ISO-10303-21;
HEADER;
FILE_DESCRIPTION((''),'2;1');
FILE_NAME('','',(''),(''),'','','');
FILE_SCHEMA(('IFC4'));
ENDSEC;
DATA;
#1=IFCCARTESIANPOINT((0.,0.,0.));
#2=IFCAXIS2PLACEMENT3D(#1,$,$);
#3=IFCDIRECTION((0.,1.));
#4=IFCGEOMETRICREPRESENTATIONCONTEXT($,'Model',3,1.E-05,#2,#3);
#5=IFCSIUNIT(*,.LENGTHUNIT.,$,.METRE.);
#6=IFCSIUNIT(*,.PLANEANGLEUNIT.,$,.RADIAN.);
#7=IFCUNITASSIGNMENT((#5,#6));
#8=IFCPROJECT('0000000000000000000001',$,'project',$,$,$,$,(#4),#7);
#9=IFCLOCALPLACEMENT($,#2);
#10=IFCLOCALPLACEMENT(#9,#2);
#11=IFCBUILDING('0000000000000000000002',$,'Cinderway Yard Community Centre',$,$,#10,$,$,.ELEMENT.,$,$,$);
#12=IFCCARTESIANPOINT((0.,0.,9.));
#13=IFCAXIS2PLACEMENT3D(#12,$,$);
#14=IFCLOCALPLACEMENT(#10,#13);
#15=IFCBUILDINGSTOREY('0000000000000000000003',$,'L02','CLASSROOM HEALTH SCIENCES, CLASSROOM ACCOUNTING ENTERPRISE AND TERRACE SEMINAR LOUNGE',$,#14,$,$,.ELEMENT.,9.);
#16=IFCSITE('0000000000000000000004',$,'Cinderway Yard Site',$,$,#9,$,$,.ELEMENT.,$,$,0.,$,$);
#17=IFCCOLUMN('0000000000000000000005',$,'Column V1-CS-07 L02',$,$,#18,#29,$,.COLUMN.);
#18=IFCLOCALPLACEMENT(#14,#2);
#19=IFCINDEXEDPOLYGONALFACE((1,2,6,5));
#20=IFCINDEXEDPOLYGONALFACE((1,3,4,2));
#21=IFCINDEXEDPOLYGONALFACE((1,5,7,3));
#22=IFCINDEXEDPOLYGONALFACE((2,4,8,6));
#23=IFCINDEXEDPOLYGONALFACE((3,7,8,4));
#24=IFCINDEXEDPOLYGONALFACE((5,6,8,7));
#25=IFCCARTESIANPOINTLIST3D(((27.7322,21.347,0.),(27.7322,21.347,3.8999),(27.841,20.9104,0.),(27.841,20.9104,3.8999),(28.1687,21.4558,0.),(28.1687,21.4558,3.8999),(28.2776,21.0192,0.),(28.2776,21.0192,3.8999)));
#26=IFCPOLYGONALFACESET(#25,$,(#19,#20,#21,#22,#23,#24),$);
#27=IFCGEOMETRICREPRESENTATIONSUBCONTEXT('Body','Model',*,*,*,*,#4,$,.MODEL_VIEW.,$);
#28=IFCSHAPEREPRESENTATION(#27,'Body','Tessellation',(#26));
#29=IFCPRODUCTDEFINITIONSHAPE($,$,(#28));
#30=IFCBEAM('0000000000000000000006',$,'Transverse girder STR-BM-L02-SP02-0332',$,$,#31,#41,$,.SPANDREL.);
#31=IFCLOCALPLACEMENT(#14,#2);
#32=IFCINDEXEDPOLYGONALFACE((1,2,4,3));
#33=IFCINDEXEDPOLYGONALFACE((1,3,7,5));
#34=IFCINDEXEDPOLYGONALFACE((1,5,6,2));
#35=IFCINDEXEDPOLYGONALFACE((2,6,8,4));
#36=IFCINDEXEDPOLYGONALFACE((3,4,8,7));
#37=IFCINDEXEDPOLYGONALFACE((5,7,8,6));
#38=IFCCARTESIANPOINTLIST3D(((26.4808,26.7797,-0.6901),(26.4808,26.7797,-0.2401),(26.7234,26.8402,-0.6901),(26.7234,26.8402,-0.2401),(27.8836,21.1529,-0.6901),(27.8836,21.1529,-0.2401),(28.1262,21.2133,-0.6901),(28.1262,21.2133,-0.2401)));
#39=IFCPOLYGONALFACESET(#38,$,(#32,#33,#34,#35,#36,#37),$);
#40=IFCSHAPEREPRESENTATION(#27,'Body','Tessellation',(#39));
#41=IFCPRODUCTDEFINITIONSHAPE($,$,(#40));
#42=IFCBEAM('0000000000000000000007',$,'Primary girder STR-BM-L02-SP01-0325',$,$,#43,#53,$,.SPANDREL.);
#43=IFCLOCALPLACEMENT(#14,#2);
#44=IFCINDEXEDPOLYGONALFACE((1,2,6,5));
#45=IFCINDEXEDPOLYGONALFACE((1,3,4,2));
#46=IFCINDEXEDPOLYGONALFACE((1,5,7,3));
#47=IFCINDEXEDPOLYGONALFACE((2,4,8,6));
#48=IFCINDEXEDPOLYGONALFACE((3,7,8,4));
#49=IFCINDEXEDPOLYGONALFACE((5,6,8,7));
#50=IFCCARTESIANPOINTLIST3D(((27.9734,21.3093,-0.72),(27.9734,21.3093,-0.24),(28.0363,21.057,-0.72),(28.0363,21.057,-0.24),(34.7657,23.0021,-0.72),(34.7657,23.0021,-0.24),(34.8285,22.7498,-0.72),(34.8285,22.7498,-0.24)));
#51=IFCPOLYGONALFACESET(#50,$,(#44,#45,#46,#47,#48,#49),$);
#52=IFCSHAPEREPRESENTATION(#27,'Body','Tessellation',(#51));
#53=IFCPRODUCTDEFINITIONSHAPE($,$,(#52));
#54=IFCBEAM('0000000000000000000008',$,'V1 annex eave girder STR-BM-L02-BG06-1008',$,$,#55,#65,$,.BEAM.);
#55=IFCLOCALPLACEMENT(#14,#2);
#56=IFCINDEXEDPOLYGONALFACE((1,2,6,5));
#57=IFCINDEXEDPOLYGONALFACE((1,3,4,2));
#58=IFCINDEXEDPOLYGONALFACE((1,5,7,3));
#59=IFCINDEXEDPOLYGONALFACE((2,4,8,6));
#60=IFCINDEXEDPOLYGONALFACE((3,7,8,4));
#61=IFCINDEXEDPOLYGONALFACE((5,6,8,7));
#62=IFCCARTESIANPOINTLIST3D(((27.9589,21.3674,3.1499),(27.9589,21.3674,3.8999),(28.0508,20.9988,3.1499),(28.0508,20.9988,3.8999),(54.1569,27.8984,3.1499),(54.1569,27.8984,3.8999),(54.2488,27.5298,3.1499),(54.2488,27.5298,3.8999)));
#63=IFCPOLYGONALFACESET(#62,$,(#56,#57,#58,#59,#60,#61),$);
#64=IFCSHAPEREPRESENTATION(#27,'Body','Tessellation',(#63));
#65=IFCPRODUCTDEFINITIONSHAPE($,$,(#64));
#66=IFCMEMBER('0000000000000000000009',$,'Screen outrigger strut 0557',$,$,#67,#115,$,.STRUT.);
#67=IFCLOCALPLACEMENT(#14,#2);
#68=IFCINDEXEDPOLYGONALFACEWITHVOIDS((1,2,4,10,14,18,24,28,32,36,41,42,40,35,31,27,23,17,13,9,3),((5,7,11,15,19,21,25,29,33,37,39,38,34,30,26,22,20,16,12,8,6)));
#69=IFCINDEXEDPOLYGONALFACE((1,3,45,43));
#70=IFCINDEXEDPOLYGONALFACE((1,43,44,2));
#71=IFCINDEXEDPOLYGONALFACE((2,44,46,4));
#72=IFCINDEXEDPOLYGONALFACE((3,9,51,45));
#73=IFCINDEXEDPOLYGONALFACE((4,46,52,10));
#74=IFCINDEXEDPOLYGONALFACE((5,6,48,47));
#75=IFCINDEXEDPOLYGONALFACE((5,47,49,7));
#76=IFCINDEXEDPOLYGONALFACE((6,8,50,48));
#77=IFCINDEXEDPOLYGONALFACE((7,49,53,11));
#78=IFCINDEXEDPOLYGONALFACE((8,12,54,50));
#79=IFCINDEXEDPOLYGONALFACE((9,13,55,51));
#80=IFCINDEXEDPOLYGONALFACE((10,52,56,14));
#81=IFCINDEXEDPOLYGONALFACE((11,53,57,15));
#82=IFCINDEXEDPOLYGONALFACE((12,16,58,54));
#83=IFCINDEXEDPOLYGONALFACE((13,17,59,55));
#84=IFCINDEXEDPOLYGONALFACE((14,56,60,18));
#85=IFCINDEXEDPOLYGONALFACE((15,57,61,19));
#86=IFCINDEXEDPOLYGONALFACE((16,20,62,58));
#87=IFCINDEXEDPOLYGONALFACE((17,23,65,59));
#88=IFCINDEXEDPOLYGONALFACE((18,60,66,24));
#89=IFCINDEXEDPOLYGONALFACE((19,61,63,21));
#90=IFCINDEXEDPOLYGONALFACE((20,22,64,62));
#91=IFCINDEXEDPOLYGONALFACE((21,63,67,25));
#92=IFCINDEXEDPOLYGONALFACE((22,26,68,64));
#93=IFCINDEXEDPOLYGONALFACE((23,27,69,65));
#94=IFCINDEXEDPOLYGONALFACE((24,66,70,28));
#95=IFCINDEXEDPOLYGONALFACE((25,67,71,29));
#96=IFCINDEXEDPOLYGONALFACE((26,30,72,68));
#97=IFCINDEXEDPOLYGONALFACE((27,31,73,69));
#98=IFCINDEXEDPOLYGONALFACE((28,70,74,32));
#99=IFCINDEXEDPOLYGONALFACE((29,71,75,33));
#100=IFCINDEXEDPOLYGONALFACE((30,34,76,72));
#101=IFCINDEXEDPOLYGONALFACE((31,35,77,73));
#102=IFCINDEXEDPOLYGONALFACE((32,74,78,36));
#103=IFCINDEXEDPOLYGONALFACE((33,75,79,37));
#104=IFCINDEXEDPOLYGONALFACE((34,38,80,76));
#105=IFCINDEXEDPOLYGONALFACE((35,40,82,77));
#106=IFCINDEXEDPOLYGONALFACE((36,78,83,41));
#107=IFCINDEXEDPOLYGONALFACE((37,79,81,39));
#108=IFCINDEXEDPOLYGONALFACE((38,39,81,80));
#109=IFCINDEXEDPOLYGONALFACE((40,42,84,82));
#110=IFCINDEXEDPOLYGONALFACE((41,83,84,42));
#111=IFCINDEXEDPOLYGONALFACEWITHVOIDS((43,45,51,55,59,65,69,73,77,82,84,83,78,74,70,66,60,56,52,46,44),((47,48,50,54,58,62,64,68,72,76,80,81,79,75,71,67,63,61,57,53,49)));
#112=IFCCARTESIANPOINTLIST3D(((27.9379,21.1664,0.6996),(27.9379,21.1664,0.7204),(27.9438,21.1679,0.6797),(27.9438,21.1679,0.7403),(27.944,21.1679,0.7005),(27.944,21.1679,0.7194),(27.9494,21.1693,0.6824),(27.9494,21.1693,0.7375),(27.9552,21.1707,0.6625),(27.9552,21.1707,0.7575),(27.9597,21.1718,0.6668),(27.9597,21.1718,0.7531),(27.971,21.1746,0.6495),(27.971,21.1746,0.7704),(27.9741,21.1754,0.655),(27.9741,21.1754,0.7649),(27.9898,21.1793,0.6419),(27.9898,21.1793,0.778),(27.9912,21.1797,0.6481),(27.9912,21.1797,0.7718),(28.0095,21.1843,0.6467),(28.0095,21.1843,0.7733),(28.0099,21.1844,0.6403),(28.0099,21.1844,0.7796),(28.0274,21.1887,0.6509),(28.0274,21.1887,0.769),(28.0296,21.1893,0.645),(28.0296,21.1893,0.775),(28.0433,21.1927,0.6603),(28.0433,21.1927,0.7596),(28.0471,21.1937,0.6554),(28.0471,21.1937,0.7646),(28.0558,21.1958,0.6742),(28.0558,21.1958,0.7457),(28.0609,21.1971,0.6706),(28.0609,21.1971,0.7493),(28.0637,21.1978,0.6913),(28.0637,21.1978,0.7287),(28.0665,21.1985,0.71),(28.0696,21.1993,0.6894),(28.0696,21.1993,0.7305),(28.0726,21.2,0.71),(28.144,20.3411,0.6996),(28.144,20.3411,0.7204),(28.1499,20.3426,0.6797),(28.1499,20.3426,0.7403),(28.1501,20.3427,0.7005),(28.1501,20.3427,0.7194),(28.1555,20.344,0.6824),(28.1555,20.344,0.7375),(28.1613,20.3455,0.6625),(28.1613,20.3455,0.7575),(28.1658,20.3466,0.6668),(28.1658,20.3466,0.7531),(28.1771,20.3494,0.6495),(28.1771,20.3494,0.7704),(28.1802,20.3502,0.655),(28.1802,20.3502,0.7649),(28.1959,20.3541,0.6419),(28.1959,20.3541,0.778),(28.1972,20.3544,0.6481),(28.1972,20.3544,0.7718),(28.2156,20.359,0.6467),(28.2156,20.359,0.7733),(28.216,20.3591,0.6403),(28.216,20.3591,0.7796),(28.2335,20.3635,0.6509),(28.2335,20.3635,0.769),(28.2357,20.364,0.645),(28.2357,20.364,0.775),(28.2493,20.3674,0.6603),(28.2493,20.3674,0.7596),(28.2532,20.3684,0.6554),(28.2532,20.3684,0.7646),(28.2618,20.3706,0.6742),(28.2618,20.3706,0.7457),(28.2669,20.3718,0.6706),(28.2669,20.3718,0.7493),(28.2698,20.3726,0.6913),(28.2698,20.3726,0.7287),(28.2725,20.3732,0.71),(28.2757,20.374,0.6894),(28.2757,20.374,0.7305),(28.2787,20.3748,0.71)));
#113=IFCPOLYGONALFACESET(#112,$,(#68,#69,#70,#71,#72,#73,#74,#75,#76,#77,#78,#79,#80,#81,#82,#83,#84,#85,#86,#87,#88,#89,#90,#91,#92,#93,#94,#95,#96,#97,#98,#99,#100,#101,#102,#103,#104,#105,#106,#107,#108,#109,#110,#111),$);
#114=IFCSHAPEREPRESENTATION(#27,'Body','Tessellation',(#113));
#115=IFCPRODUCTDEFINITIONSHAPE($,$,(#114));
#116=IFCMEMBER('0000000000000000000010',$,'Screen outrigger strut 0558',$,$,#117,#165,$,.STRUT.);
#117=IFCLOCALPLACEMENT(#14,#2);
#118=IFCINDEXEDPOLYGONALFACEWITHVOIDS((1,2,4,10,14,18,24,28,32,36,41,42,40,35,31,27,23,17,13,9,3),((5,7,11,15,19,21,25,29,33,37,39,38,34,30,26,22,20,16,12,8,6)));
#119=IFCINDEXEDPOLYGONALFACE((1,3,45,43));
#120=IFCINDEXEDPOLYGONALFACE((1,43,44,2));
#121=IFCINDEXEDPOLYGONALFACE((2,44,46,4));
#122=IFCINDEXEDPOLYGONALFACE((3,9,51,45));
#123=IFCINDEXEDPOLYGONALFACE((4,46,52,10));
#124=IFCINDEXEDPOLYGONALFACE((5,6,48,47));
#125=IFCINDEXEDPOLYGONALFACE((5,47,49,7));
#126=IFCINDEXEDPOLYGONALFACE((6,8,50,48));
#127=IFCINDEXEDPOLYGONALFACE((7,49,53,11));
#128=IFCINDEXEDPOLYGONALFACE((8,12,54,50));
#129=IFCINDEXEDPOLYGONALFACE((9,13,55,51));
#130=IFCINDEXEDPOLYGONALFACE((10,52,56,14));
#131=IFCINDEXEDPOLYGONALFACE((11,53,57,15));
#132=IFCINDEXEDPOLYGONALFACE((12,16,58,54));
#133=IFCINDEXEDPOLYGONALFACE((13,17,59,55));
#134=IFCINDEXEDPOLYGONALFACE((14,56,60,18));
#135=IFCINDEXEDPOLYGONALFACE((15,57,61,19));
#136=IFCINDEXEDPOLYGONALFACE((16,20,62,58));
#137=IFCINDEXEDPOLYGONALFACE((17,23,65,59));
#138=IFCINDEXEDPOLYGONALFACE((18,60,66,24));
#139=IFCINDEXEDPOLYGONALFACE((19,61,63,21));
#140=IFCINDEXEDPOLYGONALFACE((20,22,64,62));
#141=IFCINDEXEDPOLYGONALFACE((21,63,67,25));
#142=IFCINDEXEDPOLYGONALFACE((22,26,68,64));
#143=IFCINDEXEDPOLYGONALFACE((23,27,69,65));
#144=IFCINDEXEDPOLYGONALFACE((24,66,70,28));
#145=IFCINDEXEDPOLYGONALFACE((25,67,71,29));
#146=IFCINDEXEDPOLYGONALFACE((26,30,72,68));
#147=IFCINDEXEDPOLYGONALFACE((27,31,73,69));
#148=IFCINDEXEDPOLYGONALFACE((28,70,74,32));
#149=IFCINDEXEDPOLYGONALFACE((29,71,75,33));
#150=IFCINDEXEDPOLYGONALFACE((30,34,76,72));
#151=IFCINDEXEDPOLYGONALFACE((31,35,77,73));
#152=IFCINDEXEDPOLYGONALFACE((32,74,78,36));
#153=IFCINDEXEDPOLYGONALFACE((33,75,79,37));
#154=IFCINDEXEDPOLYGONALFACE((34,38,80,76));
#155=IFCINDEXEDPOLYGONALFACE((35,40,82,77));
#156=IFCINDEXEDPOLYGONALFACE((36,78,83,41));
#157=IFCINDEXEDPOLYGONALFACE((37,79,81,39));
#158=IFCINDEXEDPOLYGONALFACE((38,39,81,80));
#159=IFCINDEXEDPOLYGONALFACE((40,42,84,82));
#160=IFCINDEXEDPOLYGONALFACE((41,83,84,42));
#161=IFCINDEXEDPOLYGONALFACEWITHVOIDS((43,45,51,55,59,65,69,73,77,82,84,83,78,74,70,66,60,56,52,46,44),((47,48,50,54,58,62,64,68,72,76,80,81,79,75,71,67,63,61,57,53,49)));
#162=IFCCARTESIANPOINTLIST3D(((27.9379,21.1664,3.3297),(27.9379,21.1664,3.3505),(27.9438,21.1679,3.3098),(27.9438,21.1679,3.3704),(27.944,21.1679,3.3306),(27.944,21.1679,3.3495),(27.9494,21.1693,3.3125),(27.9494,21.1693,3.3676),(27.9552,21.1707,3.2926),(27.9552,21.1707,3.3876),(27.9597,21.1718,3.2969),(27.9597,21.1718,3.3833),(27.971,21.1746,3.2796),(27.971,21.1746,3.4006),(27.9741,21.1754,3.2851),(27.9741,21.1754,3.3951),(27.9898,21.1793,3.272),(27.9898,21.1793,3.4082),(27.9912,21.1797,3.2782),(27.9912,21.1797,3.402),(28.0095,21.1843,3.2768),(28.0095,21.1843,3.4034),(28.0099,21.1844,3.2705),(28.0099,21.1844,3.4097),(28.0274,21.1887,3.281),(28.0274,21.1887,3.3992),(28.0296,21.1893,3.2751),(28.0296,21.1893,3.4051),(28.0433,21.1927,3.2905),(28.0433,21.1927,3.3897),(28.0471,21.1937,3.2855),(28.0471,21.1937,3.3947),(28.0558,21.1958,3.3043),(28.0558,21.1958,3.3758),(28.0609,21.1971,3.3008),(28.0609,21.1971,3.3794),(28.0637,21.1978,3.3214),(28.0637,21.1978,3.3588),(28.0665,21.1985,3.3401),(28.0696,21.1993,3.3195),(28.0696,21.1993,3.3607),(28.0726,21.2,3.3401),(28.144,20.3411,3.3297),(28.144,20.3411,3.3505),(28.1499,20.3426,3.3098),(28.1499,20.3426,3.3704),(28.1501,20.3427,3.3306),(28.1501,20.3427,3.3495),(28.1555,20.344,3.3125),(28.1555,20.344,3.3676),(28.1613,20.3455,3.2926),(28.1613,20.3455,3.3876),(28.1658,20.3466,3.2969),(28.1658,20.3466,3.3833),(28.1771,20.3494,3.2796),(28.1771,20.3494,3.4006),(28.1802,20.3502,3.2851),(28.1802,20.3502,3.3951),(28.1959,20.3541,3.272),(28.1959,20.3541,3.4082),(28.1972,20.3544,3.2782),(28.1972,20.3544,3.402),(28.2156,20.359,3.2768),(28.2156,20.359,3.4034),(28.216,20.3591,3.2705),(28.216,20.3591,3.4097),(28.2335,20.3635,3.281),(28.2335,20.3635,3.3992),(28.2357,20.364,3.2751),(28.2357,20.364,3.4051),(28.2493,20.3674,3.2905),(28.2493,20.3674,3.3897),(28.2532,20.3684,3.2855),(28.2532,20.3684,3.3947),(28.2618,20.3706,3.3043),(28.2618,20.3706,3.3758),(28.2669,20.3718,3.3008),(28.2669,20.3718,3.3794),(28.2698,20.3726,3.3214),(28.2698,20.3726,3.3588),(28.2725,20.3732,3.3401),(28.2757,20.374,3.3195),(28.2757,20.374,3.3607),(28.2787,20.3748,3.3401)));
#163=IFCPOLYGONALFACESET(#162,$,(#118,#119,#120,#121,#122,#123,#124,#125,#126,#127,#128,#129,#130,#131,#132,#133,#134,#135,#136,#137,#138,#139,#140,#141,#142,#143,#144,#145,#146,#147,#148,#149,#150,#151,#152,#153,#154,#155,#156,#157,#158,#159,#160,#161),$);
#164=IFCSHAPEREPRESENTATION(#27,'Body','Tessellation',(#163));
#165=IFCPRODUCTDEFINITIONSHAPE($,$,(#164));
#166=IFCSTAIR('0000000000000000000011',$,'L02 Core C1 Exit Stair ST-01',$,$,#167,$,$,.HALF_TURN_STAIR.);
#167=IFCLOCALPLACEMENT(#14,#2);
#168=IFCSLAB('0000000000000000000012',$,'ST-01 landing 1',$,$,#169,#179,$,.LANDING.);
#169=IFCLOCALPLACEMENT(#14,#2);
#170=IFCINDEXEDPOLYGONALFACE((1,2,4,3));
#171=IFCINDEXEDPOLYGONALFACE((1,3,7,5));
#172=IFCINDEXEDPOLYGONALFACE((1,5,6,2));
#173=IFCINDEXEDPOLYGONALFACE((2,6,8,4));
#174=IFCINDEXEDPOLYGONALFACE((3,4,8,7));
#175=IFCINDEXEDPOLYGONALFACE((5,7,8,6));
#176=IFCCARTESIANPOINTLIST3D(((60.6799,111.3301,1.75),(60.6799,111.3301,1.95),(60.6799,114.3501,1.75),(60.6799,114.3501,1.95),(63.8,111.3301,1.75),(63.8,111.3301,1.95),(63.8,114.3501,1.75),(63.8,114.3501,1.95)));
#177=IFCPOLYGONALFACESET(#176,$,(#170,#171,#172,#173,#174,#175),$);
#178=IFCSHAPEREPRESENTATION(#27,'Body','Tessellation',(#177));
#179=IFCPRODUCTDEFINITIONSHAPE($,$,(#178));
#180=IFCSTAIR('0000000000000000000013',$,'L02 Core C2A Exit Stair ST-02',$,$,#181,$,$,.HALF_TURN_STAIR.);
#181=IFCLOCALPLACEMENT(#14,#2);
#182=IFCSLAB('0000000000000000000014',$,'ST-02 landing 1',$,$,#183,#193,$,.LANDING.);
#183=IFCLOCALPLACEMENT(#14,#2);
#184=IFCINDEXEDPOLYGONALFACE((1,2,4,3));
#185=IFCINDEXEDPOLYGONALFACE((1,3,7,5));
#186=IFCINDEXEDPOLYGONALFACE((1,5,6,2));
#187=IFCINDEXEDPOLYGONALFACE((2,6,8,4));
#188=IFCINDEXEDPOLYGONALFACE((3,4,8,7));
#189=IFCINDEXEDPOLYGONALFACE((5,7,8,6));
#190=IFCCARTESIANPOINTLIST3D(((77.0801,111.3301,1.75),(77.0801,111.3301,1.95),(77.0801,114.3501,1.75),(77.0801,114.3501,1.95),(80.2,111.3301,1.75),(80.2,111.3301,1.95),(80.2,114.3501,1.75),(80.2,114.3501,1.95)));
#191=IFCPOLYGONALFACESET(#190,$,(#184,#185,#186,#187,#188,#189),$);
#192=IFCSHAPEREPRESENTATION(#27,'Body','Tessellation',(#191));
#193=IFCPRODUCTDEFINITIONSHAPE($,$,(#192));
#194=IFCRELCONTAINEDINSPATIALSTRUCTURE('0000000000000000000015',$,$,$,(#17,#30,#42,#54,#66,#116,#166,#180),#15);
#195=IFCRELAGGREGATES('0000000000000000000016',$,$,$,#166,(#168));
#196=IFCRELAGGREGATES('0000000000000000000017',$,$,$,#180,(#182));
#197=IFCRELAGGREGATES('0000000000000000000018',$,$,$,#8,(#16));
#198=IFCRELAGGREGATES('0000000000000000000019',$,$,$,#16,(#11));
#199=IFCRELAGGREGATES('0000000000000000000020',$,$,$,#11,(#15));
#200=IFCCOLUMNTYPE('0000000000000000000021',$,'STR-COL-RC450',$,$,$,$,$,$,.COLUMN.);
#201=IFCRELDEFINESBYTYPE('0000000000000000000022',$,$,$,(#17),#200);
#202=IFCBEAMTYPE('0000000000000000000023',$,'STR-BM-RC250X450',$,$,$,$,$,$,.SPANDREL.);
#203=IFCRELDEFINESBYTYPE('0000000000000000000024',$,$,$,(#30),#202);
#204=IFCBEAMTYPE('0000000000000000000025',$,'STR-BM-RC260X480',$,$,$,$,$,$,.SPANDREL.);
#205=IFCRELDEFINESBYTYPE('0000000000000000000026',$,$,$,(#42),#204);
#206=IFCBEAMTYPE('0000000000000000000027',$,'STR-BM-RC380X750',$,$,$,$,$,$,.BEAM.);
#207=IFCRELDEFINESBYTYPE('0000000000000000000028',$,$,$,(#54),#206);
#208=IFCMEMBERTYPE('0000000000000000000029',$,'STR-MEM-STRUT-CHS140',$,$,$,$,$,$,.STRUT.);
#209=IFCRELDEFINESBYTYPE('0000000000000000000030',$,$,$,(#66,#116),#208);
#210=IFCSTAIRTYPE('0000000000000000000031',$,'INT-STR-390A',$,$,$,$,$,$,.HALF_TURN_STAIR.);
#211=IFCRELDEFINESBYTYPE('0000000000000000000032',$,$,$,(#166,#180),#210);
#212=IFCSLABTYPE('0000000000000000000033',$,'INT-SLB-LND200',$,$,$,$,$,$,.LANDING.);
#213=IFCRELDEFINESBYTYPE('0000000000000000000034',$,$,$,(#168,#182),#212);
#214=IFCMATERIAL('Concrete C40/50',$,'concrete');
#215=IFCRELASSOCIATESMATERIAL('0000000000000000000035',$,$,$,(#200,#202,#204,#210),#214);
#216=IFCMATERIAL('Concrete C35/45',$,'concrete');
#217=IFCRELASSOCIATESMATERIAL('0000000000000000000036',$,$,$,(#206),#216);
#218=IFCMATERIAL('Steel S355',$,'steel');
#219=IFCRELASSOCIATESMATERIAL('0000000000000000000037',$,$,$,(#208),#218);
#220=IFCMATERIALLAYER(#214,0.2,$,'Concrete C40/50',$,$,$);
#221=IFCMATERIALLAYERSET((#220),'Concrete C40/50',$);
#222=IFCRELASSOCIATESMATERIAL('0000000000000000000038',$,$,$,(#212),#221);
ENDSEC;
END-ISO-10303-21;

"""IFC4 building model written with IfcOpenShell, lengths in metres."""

from ifc_helpers import new_model, si_unit, direction, frame, origin, origin_2d, place, context, subcontext, project, spatial, polyline, rectangle, hollow_circle, outline, extrude, material, layer, layer_set, material_profile, profile_set, type_object, element, aggregate, save


model = new_model("IFC4")

# Units and contexts
model_context = context("Model", 3, precision=1e-05, world=origin(), true_north=direction((0.0, 1.0)))
body_context = subcontext(model_context, "Body", "Model", "MODEL_VIEW")
ifc_project = project(units=[si_unit("LENGTHUNIT", "METRE"), si_unit("PLANEANGLEUNIT", "RADIAN")], contexts=[model_context])

# Site, building, storey
site_placement = place(None, origin())
site = spatial("IfcSite", under=ifc_project, at=site_placement, Name="Cinderway Yard Site", CompositionType="ELEMENT", RefElevation=0.0)
building_placement = place(site_placement, origin())
building = spatial("IfcBuilding", under=site, at=building_placement, Name="Cinderway Yard Community Centre", CompositionType="ELEMENT")
storey_placement = place(building_placement, frame((0.0, 0.0, 9.0)))
storey = spatial("IfcBuildingStorey", under=building, at=storey_placement, Name="L02", Description="CLASSROOM HEALTH SCIENCES, CLASSROOM ACCOUNTING ENTERPRISE AND TERRACE SEMINAR LOUNGE", CompositionType="ELEMENT", Elevation=9.0)

# Column
ifc_material_1 = material(Name="Concrete C40/50", Category="concrete")
ifc_material_profile_1 = material_profile(ifc_material_1, rectangle(XDim=0.45, YDim=0.45, at=origin_2d()), Name="Concrete C40/50")
ifc_profile_set_1 = profile_set([ifc_material_profile_1], Name="Concrete C40/50")
column_type = type_object("IfcColumnType", Name="STR-COL-RC450", PredefinedType="COLUMN", material=ifc_profile_set_1)
column_placement = place(storey_placement, frame((28.0049, 21.1831, 0.0), z_axis=(0.0, 0.0, 1.0), x_axis=(0.970296, 0.241922, 0.0)))
element("IfcColumn", 1, at=column_placement, inside=storey, type_object=column_type, Name="Column V1-CS-07 L02", PredefinedType="COLUMN", context=body_context, shape_type="SweptSolid", body=[
    extrude(rectangle(XDim=0.45, YDim=0.45, at=origin_2d()), origin(), (0.0, 0.0, 1.0), 3.8999),
])

# Beams
ifc_material_profile_2 = material_profile(ifc_material_1, rectangle(XDim=0.25, YDim=0.45, at=origin_2d()), Name="Concrete C40/50")
ifc_profile_set_2 = profile_set([ifc_material_profile_2], Name="Concrete C40/50")
beam_type_1 = type_object("IfcBeamType", Name="STR-BM-RC250X450", PredefinedType="SPANDREL", material=ifc_profile_set_2)
beam_1_placement = place(storey_placement, frame((28.0049, 21.1831, -0.4651), z_axis=(-0.241902, 0.970301, 0.0), x_axis=(-0.970301, -0.241902, 0.0)))
element("IfcBeam", 2, at=beam_1_placement, inside=storey, type_object=beam_type_1, Name="Transverse girder STR-BM-L02-SP02-0332", PredefinedType="SPANDREL", context=body_context, shape_type="SweptSolid", body=[
    extrude(rectangle(XDim=0.25, YDim=0.45, at=origin_2d()), origin(), (0.0, 0.0, 1.0), 5.7991),
])
ifc_material_profile_3 = material_profile(ifc_material_1, rectangle(XDim=0.26, YDim=0.48, at=origin_2d()), Name="Concrete C40/50")
ifc_profile_set_3 = profile_set([ifc_material_profile_3], Name="Concrete C40/50")
beam_type_2 = type_object("IfcBeamType", Name="STR-BM-RC260X480", PredefinedType="SPANDREL", material=ifc_profile_set_3)
beam_2_placement = place(storey_placement, frame((28.0049, 21.1831, -0.48), z_axis=(0.970317, 0.241838, 0.0), x_axis=(-0.241838, 0.970317, 0.0)))
element("IfcBeam", 3, at=beam_2_placement, inside=storey, type_object=beam_type_2, Name="Primary girder STR-BM-L02-SP01-0325", PredefinedType="SPANDREL", context=body_context, shape_type="SweptSolid", body=[
    extrude(rectangle(XDim=0.26, YDim=0.48, at=origin_2d()), origin(), (0.0, 0.0, 1.0), 7.0),
])
ifc_material_2 = material(Name="Concrete C35/45", Category="concrete")
ifc_material_profile_4 = material_profile(ifc_material_2, rectangle(XDim=0.3799, YDim=0.75, at=origin_2d()), Name="Concrete C35/45")
ifc_profile_set_4 = profile_set([ifc_material_profile_4], Name="Concrete C35/45")
beam_type_3 = type_object("IfcBeamType", Name="STR-BM-RC380X750", PredefinedType="BEAM", material=ifc_profile_set_4)
beam_3_placement = place(storey_placement, frame((28.0049, 21.1831, 3.5249), z_axis=(0.970303, 0.241891, 0.0), x_axis=(-0.241891, 0.970303, 0.0)))
element("IfcBeam", 4, at=beam_3_placement, inside=storey, type_object=beam_type_3, Name="V1 annex eave girder STR-BM-L02-BG06-1008", PredefinedType="BEAM", context=body_context, shape_type="SweptSolid", body=[
    extrude(rectangle(XDim=0.3799, YDim=0.75, at=origin_2d()), origin(), (0.0, 0.0, 1.0), 26.9998),
])

# Members
ifc_material_3 = material(Name="Steel S355", Category="steel")
ifc_material_profile_5 = material_profile(ifc_material_3, hollow_circle(Radius=0.0698, WallThickness=0.0063, at=origin_2d()), Name="Steel S355")
ifc_profile_set_5 = profile_set([ifc_material_profile_5], Name="Steel S355")
member_type = type_object("IfcMemberType", Name="STR-MEM-STRUT-CHS140", PredefinedType="STRUT", material=ifc_profile_set_5)
for number, where, z_axis, x_axis, name in (
    (5, (28.0049, 21.1831, 0.71), (0.242265, -0.97021, 0.0), (0.97021, 0.242265, 0.0), "Screen outrigger strut 0557"),
    (6, (28.0049, 21.1831, 3.3401), (0.242265, -0.97021, 0.0), (0.97021, 0.242265, 0.0), "Screen outrigger strut 0558"),
):
    element("IfcMember", number, at=place(storey_placement, frame(where, z_axis=z_axis, x_axis=x_axis)), inside=storey, type_object=member_type, Name=name, PredefinedType="STRUT", context=body_context, shape_type="SweptSolid", body=[
        extrude(hollow_circle(Radius=0.0698, WallThickness=0.0063, at=origin_2d()), origin(), (0.0, 0.0, 1.0), 0.8506),
    ])

# Stairs, slabs
stair_type = type_object("IfcStairType", Name="INT-STR-390A", PredefinedType="HALF_TURN_STAIR", material=ifc_material_1)
stair_1_placement = place(storey_placement, origin())
stair_1 = element("IfcStair", 7, at=stair_1_placement, inside=storey, type_object=stair_type, Name="L02 Core C1 Exit Stair ST-01", PredefinedType="HALF_TURN_STAIR")
ifc_layer_1 = layer(ifc_material_1, 0.2, Name="Concrete C40/50")
ifc_layer_set_1 = layer_set([ifc_layer_1], Name="Concrete C40/50")
slab_type_1 = type_object("IfcSlabType", Name="INT-SLB-LND200", PredefinedType="LANDING", material=ifc_layer_set_1)
slab_1_placement = place(storey_placement, frame((0.0, 0.0, 1.75)))
slab_1 = element("IfcSlab", 8, at=slab_1_placement, type_object=slab_type_1, Name="ST-01 landing 1", PredefinedType="LANDING", context=body_context, shape_type="SweptSolid", body=[
    extrude(outline(polyline([(63.8, 111.3301), (63.8, 114.3501), (60.6799, 114.3501), (60.6799, 111.3301), (63.8, 111.3301)])), origin(), (0.0, 0.0, 1.0), 0.2),
])
aggregate(stair_1, [slab_1])
stair_2_placement = place(storey_placement, origin())
stair_2 = element("IfcStair", 9, at=stair_2_placement, inside=storey, type_object=stair_type, Name="L02 Core C2A Exit Stair ST-02", PredefinedType="HALF_TURN_STAIR")
slab_2_placement = place(storey_placement, frame((0.0, 0.0, 1.75)))
slab_2 = element("IfcSlab", 10, at=slab_2_placement, type_object=slab_type_1, Name="ST-02 landing 1", PredefinedType="LANDING", context=body_context, shape_type="SweptSolid", body=[
    extrude(outline(polyline([(80.2, 111.3301), (80.2, 114.3501), (77.0801, 114.3501), (77.0801, 111.3301), (80.2, 111.3301)])), origin(), (0.0, 0.0, 1.0), 0.2),
])
aggregate(stair_2, [slab_2])

save(model, "model.ifc")
